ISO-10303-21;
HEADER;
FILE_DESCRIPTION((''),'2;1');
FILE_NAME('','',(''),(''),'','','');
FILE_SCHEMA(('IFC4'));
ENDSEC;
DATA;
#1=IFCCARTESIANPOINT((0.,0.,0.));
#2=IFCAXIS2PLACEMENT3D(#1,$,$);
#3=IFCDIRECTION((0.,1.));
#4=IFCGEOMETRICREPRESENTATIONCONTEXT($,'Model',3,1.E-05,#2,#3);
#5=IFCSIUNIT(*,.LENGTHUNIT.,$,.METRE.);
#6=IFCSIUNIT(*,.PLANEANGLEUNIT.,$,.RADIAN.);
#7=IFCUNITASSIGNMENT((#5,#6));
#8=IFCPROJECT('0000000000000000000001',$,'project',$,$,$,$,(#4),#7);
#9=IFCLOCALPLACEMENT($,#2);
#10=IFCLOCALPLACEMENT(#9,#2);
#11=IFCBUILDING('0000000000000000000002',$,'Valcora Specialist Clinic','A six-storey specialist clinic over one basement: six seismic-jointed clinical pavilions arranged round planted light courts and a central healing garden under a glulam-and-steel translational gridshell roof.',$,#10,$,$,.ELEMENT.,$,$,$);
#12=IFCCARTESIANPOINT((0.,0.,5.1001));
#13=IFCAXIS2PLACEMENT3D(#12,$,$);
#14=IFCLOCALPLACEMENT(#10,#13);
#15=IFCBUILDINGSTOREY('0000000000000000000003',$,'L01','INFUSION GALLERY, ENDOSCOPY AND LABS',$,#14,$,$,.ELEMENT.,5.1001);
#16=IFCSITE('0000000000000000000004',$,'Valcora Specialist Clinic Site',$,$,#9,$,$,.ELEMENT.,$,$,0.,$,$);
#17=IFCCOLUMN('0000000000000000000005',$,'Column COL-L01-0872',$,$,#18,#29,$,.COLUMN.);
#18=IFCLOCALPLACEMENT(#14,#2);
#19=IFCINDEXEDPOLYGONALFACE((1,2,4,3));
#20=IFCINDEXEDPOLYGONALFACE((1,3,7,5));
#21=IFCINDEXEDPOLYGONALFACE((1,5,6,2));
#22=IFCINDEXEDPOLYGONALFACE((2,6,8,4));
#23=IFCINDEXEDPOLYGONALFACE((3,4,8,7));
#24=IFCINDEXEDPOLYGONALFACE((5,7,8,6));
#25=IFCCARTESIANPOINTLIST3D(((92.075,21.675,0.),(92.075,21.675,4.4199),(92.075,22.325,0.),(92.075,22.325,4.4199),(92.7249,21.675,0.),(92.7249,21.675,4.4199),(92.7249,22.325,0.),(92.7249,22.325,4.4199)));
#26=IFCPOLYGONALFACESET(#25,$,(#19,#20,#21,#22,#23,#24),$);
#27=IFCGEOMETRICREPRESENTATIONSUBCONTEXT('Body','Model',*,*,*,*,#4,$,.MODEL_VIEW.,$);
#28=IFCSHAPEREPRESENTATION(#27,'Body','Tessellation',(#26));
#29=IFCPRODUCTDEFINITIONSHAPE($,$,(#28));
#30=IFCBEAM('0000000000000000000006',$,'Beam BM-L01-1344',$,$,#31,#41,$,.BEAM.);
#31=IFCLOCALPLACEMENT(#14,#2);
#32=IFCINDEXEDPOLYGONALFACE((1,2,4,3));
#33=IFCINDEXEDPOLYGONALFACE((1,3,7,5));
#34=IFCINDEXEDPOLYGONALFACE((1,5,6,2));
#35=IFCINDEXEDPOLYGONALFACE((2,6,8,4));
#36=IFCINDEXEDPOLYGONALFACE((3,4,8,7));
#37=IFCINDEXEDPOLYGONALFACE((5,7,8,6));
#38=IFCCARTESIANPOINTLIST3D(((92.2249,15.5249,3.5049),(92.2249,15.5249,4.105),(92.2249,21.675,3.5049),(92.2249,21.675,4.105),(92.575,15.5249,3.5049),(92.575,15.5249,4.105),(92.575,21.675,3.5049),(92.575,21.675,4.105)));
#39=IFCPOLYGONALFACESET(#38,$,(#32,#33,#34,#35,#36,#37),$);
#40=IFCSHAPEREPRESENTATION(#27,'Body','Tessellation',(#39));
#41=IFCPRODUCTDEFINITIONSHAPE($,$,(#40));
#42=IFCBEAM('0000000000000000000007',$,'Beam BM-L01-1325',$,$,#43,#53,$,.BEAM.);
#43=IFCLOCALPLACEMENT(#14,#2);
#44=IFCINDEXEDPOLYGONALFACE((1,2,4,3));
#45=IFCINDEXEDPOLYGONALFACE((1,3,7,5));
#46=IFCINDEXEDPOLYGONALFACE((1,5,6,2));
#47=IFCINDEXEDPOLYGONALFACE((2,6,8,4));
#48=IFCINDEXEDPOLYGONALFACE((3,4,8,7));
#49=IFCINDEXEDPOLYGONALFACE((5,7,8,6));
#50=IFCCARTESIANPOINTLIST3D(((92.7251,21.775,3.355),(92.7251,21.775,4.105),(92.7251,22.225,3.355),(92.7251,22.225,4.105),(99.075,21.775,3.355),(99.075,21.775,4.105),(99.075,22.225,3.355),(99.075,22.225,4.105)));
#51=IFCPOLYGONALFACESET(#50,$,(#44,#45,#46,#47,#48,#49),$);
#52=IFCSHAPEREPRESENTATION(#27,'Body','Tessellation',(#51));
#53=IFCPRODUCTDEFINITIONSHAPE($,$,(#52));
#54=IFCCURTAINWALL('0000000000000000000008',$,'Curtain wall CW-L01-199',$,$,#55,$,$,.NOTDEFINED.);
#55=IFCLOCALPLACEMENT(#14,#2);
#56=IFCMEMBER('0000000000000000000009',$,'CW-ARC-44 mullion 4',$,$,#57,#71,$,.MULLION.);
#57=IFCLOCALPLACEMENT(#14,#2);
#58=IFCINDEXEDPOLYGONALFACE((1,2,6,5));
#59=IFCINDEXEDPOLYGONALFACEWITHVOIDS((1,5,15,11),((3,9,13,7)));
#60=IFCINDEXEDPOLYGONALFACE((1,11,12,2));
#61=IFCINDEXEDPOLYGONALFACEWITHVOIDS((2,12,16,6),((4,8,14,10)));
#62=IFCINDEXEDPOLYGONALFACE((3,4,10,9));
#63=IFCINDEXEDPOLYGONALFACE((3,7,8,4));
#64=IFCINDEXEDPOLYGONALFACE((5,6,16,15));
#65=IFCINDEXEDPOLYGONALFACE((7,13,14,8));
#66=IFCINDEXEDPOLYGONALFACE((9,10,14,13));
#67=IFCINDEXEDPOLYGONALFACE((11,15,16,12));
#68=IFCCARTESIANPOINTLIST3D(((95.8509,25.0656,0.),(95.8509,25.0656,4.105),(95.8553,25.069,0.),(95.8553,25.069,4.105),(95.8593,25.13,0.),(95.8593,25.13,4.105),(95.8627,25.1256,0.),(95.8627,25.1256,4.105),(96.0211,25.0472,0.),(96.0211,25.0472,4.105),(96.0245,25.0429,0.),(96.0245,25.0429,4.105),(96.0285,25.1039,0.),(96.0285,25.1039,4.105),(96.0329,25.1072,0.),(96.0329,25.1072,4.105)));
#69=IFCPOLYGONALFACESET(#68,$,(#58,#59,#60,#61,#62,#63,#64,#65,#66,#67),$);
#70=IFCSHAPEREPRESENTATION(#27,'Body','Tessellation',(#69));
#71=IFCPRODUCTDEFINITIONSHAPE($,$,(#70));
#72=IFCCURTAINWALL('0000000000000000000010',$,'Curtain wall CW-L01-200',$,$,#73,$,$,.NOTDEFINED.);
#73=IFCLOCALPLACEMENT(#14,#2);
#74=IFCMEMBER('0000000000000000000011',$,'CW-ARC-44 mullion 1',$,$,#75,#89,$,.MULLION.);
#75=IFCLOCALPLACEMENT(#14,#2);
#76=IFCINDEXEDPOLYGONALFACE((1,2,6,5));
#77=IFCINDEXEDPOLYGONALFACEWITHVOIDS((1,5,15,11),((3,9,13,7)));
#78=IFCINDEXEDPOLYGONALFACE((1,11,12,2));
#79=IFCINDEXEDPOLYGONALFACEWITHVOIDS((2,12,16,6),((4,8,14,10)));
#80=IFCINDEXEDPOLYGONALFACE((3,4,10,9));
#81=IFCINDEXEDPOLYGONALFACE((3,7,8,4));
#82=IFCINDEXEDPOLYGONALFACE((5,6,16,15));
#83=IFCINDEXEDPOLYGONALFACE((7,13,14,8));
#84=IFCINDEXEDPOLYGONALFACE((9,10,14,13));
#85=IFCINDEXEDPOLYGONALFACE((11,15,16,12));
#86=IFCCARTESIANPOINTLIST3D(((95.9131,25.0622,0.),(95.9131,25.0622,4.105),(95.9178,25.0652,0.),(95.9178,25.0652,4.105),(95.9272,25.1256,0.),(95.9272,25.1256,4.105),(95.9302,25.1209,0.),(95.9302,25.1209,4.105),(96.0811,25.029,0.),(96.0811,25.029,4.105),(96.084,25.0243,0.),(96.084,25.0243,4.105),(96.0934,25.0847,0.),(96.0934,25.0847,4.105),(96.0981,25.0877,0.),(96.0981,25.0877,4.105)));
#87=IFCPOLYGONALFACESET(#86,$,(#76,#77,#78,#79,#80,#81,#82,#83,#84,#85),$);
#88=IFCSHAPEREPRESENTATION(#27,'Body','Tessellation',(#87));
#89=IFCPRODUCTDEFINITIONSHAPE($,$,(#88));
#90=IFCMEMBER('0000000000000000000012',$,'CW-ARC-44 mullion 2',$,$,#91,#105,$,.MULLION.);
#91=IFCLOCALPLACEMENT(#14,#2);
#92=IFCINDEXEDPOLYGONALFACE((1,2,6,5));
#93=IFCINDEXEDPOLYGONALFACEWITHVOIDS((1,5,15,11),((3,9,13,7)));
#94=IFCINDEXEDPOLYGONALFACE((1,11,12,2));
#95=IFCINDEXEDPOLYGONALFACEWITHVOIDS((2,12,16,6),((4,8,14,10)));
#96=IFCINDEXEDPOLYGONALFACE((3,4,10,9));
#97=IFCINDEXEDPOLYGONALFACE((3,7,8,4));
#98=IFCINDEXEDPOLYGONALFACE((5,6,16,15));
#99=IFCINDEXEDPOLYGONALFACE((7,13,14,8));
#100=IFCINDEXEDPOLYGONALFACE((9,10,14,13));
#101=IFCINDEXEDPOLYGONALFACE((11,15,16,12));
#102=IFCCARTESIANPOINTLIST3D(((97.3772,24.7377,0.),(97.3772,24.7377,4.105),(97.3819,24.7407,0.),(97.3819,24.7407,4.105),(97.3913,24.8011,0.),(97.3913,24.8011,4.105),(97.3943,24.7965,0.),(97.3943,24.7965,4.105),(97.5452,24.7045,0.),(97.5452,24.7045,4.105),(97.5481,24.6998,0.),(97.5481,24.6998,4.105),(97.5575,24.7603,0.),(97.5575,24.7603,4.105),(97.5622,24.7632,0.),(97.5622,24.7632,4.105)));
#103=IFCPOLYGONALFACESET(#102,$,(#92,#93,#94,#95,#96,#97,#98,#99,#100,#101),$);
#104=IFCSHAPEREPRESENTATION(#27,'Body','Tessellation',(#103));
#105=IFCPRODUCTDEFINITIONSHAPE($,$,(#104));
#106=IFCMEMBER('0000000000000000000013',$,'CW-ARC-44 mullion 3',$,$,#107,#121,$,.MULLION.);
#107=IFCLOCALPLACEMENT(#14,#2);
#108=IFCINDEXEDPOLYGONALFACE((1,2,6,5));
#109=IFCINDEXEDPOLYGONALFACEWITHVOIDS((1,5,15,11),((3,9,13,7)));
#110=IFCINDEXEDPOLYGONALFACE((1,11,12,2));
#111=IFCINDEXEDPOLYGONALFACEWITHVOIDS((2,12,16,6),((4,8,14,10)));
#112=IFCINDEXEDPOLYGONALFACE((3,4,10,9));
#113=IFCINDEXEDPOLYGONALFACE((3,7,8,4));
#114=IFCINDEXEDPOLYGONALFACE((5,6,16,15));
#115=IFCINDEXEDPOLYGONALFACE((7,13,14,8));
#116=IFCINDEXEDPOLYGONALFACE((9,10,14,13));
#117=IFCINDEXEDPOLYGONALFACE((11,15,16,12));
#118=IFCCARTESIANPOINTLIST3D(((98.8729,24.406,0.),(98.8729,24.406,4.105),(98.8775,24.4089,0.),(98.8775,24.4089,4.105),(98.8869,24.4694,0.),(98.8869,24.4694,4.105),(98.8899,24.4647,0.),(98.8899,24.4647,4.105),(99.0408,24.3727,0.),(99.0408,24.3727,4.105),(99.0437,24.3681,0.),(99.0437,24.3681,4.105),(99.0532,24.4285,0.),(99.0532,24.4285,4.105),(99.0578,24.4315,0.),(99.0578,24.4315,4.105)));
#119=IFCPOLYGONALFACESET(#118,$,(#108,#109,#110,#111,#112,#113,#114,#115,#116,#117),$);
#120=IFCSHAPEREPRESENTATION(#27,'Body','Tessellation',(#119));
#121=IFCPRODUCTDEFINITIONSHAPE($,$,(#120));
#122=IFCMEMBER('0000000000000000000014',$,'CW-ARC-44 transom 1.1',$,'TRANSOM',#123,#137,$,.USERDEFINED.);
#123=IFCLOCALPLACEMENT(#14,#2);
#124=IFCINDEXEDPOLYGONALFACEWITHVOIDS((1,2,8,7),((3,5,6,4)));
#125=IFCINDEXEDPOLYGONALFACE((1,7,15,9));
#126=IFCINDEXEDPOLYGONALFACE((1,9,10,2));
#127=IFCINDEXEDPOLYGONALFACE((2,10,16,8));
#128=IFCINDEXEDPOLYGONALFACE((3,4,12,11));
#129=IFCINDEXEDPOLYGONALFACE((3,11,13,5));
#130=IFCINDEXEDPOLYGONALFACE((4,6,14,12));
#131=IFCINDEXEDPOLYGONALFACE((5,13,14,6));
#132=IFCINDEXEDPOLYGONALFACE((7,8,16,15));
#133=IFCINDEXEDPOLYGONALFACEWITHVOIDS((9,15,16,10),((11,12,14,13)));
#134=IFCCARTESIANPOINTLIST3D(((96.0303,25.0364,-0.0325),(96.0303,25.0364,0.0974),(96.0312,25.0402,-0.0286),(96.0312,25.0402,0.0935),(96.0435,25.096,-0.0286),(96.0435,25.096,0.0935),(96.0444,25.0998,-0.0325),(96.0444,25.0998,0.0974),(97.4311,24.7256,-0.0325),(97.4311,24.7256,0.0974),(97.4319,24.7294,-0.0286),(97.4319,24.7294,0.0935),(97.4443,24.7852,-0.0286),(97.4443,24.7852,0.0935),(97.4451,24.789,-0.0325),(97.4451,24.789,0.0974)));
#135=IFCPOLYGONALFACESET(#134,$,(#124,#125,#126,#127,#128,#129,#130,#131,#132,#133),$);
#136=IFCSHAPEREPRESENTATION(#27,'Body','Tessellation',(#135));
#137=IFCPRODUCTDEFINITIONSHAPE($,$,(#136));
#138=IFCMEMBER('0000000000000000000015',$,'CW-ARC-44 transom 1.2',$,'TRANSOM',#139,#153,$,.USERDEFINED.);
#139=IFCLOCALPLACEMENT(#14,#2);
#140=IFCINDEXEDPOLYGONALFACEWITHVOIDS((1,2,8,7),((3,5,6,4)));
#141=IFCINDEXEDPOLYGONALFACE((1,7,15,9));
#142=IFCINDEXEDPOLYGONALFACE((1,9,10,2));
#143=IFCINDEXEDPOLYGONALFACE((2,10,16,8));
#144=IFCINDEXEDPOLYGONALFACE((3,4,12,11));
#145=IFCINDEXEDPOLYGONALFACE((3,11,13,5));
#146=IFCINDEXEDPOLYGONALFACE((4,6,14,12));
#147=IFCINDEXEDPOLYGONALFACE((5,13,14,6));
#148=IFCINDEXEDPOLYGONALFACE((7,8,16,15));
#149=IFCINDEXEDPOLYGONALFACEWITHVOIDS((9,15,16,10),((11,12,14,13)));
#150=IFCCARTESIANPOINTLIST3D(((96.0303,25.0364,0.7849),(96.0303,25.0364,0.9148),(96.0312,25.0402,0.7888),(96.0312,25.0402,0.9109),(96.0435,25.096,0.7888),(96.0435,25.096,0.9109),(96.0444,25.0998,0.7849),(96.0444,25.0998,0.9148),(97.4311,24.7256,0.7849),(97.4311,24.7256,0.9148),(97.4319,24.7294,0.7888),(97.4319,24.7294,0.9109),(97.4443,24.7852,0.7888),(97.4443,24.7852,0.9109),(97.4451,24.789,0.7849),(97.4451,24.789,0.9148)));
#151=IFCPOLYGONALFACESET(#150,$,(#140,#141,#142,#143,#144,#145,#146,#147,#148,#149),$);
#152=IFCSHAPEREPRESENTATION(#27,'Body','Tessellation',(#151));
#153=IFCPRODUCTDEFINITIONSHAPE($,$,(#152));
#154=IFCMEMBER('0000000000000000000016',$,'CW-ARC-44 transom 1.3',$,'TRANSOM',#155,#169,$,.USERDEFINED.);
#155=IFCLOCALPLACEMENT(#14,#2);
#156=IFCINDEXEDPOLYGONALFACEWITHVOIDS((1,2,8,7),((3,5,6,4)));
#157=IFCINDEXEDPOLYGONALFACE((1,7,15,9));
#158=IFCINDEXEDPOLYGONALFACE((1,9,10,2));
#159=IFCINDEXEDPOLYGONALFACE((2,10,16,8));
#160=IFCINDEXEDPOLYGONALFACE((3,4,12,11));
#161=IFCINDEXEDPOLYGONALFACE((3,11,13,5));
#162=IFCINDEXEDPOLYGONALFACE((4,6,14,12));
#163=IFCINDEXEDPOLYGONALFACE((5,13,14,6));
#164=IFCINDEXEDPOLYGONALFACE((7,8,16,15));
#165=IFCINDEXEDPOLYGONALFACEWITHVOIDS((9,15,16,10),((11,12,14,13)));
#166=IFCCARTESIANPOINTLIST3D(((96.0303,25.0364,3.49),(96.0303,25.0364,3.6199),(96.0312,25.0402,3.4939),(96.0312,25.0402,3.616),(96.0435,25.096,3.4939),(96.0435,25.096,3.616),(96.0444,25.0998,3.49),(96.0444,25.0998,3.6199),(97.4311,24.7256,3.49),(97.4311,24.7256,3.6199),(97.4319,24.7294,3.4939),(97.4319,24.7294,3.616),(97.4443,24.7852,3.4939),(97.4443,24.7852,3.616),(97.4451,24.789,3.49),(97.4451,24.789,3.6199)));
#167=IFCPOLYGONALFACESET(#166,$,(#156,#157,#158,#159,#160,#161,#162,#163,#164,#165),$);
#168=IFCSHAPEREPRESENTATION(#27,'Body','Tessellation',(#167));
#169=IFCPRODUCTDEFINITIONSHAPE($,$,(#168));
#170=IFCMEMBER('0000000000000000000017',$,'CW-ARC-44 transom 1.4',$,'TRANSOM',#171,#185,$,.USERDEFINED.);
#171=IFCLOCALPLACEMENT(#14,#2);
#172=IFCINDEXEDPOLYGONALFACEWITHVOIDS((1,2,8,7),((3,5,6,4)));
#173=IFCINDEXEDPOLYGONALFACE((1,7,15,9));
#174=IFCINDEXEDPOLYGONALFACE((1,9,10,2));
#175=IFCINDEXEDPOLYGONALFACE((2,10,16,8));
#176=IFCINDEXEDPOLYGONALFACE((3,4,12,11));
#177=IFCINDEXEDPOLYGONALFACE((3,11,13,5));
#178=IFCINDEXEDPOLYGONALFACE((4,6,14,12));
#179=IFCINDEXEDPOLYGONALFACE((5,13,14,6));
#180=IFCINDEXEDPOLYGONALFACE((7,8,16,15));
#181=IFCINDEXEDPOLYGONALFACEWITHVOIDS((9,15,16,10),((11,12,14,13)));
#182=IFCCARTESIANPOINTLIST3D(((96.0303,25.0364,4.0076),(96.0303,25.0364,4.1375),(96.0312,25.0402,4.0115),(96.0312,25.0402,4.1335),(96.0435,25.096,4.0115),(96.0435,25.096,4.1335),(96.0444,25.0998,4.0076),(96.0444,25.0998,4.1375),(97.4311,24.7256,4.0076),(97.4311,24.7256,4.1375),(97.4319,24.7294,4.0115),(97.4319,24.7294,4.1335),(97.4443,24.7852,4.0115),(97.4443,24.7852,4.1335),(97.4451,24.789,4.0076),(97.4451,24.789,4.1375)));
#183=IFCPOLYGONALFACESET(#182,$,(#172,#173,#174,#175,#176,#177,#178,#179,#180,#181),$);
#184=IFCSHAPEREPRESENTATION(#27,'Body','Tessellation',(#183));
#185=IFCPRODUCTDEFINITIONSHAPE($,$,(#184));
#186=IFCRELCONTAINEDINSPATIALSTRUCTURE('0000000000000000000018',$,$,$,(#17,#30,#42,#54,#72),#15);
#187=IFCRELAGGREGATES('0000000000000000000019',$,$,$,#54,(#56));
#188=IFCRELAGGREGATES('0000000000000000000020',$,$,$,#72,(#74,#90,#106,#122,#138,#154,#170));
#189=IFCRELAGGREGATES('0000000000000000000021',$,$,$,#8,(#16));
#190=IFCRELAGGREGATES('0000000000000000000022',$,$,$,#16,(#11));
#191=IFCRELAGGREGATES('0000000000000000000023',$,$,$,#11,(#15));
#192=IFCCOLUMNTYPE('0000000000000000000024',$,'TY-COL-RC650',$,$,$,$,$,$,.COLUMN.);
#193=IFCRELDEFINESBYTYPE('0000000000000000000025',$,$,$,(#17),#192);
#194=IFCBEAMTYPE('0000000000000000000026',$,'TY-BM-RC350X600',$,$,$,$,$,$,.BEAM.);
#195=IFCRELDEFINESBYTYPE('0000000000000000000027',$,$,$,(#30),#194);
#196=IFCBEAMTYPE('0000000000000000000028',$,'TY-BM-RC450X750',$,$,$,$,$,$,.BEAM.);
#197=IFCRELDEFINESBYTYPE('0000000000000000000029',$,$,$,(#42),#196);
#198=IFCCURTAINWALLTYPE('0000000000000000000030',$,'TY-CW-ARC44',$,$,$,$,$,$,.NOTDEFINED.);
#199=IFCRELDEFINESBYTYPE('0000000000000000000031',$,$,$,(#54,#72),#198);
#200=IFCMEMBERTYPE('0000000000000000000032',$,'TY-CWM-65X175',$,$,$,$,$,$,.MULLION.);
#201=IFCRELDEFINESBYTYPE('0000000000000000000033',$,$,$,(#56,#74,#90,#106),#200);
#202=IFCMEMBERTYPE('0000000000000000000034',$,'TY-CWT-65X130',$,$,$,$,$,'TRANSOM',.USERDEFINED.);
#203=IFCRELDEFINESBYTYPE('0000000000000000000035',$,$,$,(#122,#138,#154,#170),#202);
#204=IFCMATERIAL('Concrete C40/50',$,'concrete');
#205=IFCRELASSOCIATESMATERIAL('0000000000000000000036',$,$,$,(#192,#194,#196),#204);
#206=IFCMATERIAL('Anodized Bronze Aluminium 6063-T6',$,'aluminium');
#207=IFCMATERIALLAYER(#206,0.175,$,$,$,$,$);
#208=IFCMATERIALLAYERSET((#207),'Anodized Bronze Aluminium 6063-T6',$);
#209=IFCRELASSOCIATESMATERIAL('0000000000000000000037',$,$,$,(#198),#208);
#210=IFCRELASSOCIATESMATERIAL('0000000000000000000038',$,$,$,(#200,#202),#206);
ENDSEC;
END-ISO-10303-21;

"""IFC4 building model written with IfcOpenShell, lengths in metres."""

from ifc_helpers import new_model, si_unit, direction, frame, origin, origin_2d, place, context, subcontext, project, spatial, rectangle, hollow_rectangle, extrude, material, layer, layer_set, material_profile, profile_set, type_object, element, aggregate, save


model = new_model("IFC4")

# Units and contexts
model_context = context("Model", 3, precision=1e-05, world=origin(), true_north=direction((0.0, 1.0)))
body_context = subcontext(model_context, "Body", "Model", "MODEL_VIEW")
ifc_project = project(units=[si_unit("LENGTHUNIT", "METRE"), si_unit("PLANEANGLEUNIT", "RADIAN")], contexts=[model_context])

# Site, building, storey
site_placement = place(None, origin())
site = spatial("IfcSite", under=ifc_project, at=site_placement, Name="Valcora Specialist Clinic Site", CompositionType="ELEMENT", RefElevation=0.0)
building_placement = place(site_placement, origin())
building = spatial("IfcBuilding", under=site, at=building_placement, Name="Valcora Specialist Clinic", Description="A six-storey specialist clinic over one basement: six seismic-jointed clinical pavilions arranged round planted light courts and a central healing garden under a glulam-and-steel translational gridshell roof.", CompositionType="ELEMENT")
storey_placement = place(building_placement, frame((0.0, 0.0, 5.1001)))
storey = spatial("IfcBuildingStorey", under=building, at=storey_placement, Name="L01", Description="INFUSION GALLERY, ENDOSCOPY AND LABS", CompositionType="ELEMENT", Elevation=5.1001)

# Column
ifc_material_1 = material(Name="Concrete C40/50", Category="concrete")
ifc_material_profile_1 = material_profile(ifc_material_1, rectangle(XDim=0.6499, YDim=0.6499, at=origin_2d()), Name="RC-COL-650X650")
ifc_profile_set_1 = profile_set([ifc_material_profile_1], Name="Concrete C40/50")
column_type = type_object("IfcColumnType", Name="TY-COL-RC650", PredefinedType="COLUMN", material=ifc_profile_set_1)
column_placement = place(storey_placement, frame((92.3999, 22.0, 0.0), z_axis=(0.0, 0.0, 1.0), x_axis=(1.0, 0.0, 0.0)))
element("IfcColumn", 1, at=column_placement, inside=storey, type_object=column_type, Name="Column COL-L01-0872", PredefinedType="COLUMN", context=body_context, shape_type="SweptSolid", body=[
    extrude(rectangle(XDim=0.6499, YDim=0.6499, at=origin_2d()), origin(), (0.0, 0.0, 1.0), 4.4199),
])

# Beams
ifc_material_profile_2 = material_profile(ifc_material_1, rectangle(XDim=0.3501, YDim=0.6001, at=origin_2d()), Name="RC-BM-350X600")
ifc_profile_set_2 = profile_set([ifc_material_profile_2], Name="Concrete C40/50")
beam_type_1 = type_object("IfcBeamType", Name="TY-BM-RC350X600", PredefinedType="BEAM", material=ifc_profile_set_2)
beam_1_placement = place(storey_placement, frame((92.3999, 15.5249, 3.8049), z_axis=(0.0, 1.0, 0.0), x_axis=(-1.0, 0.0, 0.0)))
element("IfcBeam", 2, at=beam_1_placement, inside=storey, type_object=beam_type_1, Name="Beam BM-L01-1344", PredefinedType="BEAM", context=body_context, shape_type="SweptSolid", body=[
    extrude(rectangle(XDim=0.3501, YDim=0.6001, at=origin_2d()), origin(), (0.0, 0.0, 1.0), 6.1501),
])
ifc_material_profile_3 = material_profile(ifc_material_1, rectangle(XDim=0.45, YDim=0.75, at=origin_2d()), Name="RC-BM-450X750")
ifc_profile_set_3 = profile_set([ifc_material_profile_3], Name="Concrete C40/50")
beam_type_2 = type_object("IfcBeamType", Name="TY-BM-RC450X750", PredefinedType="BEAM", material=ifc_profile_set_3)
beam_2_placement = place(storey_placement, frame((92.7251, 22.0, 3.73), z_axis=(1.0, 0.0, 0.0), x_axis=(0.0, 1.0, 0.0)))
element("IfcBeam", 3, at=beam_2_placement, inside=storey, type_object=beam_type_2, Name="Beam BM-L01-1325", PredefinedType="BEAM", context=body_context, shape_type="SweptSolid", body=[
    extrude(rectangle(XDim=0.45, YDim=0.75, at=origin_2d()), origin(), (0.0, 0.0, 1.0), 6.3499),
])

# Curtain wall, member
ifc_material_2 = material(Name="Anodized Bronze Aluminium 6063-T6", Category="aluminium")
ifc_layer_1 = layer(ifc_material_2, 0.175)
ifc_layer_set_1 = layer_set([ifc_layer_1], Name="Anodized Bronze Aluminium 6063-T6")
curtain_wall_type = type_object("IfcCurtainWallType", Name="TY-CW-ARC44", PredefinedType="NOTDEFINED", material=ifc_layer_set_1)
curtain_wall_1_placement = place(storey_placement, origin())
curtain_wall_1 = element("IfcCurtainWall", 4, at=curtain_wall_1_placement, inside=storey, type_object=curtain_wall_type, Name="Curtain wall CW-L01-199", PredefinedType="NOTDEFINED")
ifc_material_profile_4 = material_profile(ifc_material_2, hollow_rectangle(XDim=0.0649, YDim=0.175, WallThickness=0.0039, at=origin_2d()), Name="AL-MUL-65X175")
ifc_profile_set_4 = profile_set([ifc_material_profile_4], Name="Anodized Bronze Aluminium 6063-T6")
member_type_1 = type_object("IfcMemberType", Name="TY-CWM-65X175", PredefinedType="MULLION", material=ifc_profile_set_4)
member_1_placement = place(storey_placement, frame((95.9419, 25.0864, 0.0), z_axis=(0.0, 0.0, 1.0), x_axis=(0.129999, 0.991514, 0.0)))
member_1 = element("IfcMember", 5, at=member_1_placement, type_object=member_type_1, Name="CW-ARC-44 mullion 4", PredefinedType="MULLION", context=body_context, shape_type="SweptSolid", body=[
    extrude(hollow_rectangle(XDim=0.0649, YDim=0.175, WallThickness=0.0039, at=origin_2d()), origin(), (0.0, 0.0, 1.0), 4.105),
])

# Curtain wall, members
curtain_wall_2_placement = place(storey_placement, origin())
curtain_wall_2 = element("IfcCurtainWall", 6, at=curtain_wall_2_placement, inside=storey, type_object=curtain_wall_type, Name="Curtain wall CW-L01-200", PredefinedType="NOTDEFINED")
member_2_placement = place(storey_placement, frame((96.0056, 25.075, 0.0), z_axis=(0.0, 0.0, 1.0), x_axis=(0.216518, 0.976279, 0.0)))
member_2 = element("IfcMember", 7, at=member_2_placement, type_object=member_type_1, Name="CW-ARC-44 mullion 1", PredefinedType="MULLION", context=body_context, shape_type="SweptSolid", body=[
    extrude(hollow_rectangle(XDim=0.0649, YDim=0.175, WallThickness=0.0039, at=origin_2d()), origin(), (0.0, 0.0, 1.0), 4.105),
])
member_3_placement = place(storey_placement, frame((97.4697, 24.7505, 0.0), z_axis=(0.0, 0.0, 1.0), x_axis=(0.216518, 0.976279, 0.0)))
member_3 = element("IfcMember", 8, at=member_3_placement, type_object=member_type_1, Name="CW-ARC-44 mullion 2", PredefinedType="MULLION", context=body_context, shape_type="SweptSolid", body=[
    extrude(hollow_rectangle(XDim=0.0649, YDim=0.175, WallThickness=0.0039, at=origin_2d()), origin(), (0.0, 0.0, 1.0), 4.105),
])
member_4_placement = place(storey_placement, frame((98.9653, 24.4187, 0.0), z_axis=(0.0, 0.0, 1.0), x_axis=(0.216518, 0.976279, 0.0)))
member_4 = element("IfcMember", 9, at=member_4_placement, type_object=member_type_1, Name="CW-ARC-44 mullion 3", PredefinedType="MULLION", context=body_context, shape_type="SweptSolid", body=[
    extrude(hollow_rectangle(XDim=0.0649, YDim=0.175, WallThickness=0.0039, at=origin_2d()), origin(), (0.0, 0.0, 1.0), 4.105),
])
ifc_material_profile_5 = material_profile(ifc_material_2, hollow_rectangle(XDim=0.0649, YDim=0.1299, WallThickness=0.0039, at=origin_2d()), Name="AL-TRN-65X130")
ifc_profile_set_5 = profile_set([ifc_material_profile_5], Name="Anodized Bronze Aluminium 6063-T6")
member_type_2 = type_object("IfcMemberType", Name="TY-CWT-65X130", ElementType="TRANSOM", PredefinedType="USERDEFINED", material=ifc_profile_set_5)
member_5_placement = place(storey_placement, frame((96.0374, 25.0681, 0.0325), z_axis=(0.976255, -0.216624, 0.0), x_axis=(0.216624, 0.976255, 0.0)))
member_5 = element("IfcMember", 10, at=member_5_placement, type_object=member_type_2, Name="CW-ARC-44 transom 1.1", ObjectType="TRANSOM", PredefinedType="USERDEFINED", context=body_context, shape_type="SweptSolid", body=[
    extrude(hollow_rectangle(XDim=0.0649, YDim=0.1299, WallThickness=0.0039, at=origin_2d()), origin(), (0.0, 0.0, 1.0), 1.4348),
])
member_6_placement = place(storey_placement, frame((96.0374, 25.0681, 0.8499), z_axis=(0.976255, -0.216624, 0.0), x_axis=(0.216624, 0.976255, 0.0)))
member_6 = element("IfcMember", 11, at=member_6_placement, type_object=member_type_2, Name="CW-ARC-44 transom 1.2", ObjectType="TRANSOM", PredefinedType="USERDEFINED", context=body_context, shape_type="SweptSolid", body=[
    extrude(hollow_rectangle(XDim=0.0649, YDim=0.1299, WallThickness=0.0039, at=origin_2d()), origin(), (0.0, 0.0, 1.0), 1.4348),
])
member_7_placement = place(storey_placement, frame((96.0374, 25.0681, 3.5549), z_axis=(0.976255, -0.216624, 0.0), x_axis=(0.216624, 0.976255, 0.0)))
member_7 = element("IfcMember", 12, at=member_7_placement, type_object=member_type_2, Name="CW-ARC-44 transom 1.3", ObjectType="TRANSOM", PredefinedType="USERDEFINED", context=body_context, shape_type="SweptSolid", body=[
    extrude(hollow_rectangle(XDim=0.0649, YDim=0.1299, WallThickness=0.0039, at=origin_2d()), origin(), (0.0, 0.0, 1.0), 1.4348),
])
member_8_placement = place(storey_placement, frame((96.0374, 25.0681, 4.0725), z_axis=(0.976255, -0.216624, 0.0), x_axis=(0.216624, 0.976255, 0.0)))
member_8 = element("IfcMember", 13, at=member_8_placement, type_object=member_type_2, Name="CW-ARC-44 transom 1.4", ObjectType="TRANSOM", PredefinedType="USERDEFINED", context=body_context, shape_type="SweptSolid", body=[
    extrude(hollow_rectangle(XDim=0.0649, YDim=0.1299, WallThickness=0.0039, at=origin_2d()), origin(), (0.0, 0.0, 1.0), 1.4348),
])

aggregate(curtain_wall_1, [member_1])
aggregate(curtain_wall_2, [member_2, member_3, member_4, member_5, member_6, member_7, member_8])

save(model, "model.ifc")
